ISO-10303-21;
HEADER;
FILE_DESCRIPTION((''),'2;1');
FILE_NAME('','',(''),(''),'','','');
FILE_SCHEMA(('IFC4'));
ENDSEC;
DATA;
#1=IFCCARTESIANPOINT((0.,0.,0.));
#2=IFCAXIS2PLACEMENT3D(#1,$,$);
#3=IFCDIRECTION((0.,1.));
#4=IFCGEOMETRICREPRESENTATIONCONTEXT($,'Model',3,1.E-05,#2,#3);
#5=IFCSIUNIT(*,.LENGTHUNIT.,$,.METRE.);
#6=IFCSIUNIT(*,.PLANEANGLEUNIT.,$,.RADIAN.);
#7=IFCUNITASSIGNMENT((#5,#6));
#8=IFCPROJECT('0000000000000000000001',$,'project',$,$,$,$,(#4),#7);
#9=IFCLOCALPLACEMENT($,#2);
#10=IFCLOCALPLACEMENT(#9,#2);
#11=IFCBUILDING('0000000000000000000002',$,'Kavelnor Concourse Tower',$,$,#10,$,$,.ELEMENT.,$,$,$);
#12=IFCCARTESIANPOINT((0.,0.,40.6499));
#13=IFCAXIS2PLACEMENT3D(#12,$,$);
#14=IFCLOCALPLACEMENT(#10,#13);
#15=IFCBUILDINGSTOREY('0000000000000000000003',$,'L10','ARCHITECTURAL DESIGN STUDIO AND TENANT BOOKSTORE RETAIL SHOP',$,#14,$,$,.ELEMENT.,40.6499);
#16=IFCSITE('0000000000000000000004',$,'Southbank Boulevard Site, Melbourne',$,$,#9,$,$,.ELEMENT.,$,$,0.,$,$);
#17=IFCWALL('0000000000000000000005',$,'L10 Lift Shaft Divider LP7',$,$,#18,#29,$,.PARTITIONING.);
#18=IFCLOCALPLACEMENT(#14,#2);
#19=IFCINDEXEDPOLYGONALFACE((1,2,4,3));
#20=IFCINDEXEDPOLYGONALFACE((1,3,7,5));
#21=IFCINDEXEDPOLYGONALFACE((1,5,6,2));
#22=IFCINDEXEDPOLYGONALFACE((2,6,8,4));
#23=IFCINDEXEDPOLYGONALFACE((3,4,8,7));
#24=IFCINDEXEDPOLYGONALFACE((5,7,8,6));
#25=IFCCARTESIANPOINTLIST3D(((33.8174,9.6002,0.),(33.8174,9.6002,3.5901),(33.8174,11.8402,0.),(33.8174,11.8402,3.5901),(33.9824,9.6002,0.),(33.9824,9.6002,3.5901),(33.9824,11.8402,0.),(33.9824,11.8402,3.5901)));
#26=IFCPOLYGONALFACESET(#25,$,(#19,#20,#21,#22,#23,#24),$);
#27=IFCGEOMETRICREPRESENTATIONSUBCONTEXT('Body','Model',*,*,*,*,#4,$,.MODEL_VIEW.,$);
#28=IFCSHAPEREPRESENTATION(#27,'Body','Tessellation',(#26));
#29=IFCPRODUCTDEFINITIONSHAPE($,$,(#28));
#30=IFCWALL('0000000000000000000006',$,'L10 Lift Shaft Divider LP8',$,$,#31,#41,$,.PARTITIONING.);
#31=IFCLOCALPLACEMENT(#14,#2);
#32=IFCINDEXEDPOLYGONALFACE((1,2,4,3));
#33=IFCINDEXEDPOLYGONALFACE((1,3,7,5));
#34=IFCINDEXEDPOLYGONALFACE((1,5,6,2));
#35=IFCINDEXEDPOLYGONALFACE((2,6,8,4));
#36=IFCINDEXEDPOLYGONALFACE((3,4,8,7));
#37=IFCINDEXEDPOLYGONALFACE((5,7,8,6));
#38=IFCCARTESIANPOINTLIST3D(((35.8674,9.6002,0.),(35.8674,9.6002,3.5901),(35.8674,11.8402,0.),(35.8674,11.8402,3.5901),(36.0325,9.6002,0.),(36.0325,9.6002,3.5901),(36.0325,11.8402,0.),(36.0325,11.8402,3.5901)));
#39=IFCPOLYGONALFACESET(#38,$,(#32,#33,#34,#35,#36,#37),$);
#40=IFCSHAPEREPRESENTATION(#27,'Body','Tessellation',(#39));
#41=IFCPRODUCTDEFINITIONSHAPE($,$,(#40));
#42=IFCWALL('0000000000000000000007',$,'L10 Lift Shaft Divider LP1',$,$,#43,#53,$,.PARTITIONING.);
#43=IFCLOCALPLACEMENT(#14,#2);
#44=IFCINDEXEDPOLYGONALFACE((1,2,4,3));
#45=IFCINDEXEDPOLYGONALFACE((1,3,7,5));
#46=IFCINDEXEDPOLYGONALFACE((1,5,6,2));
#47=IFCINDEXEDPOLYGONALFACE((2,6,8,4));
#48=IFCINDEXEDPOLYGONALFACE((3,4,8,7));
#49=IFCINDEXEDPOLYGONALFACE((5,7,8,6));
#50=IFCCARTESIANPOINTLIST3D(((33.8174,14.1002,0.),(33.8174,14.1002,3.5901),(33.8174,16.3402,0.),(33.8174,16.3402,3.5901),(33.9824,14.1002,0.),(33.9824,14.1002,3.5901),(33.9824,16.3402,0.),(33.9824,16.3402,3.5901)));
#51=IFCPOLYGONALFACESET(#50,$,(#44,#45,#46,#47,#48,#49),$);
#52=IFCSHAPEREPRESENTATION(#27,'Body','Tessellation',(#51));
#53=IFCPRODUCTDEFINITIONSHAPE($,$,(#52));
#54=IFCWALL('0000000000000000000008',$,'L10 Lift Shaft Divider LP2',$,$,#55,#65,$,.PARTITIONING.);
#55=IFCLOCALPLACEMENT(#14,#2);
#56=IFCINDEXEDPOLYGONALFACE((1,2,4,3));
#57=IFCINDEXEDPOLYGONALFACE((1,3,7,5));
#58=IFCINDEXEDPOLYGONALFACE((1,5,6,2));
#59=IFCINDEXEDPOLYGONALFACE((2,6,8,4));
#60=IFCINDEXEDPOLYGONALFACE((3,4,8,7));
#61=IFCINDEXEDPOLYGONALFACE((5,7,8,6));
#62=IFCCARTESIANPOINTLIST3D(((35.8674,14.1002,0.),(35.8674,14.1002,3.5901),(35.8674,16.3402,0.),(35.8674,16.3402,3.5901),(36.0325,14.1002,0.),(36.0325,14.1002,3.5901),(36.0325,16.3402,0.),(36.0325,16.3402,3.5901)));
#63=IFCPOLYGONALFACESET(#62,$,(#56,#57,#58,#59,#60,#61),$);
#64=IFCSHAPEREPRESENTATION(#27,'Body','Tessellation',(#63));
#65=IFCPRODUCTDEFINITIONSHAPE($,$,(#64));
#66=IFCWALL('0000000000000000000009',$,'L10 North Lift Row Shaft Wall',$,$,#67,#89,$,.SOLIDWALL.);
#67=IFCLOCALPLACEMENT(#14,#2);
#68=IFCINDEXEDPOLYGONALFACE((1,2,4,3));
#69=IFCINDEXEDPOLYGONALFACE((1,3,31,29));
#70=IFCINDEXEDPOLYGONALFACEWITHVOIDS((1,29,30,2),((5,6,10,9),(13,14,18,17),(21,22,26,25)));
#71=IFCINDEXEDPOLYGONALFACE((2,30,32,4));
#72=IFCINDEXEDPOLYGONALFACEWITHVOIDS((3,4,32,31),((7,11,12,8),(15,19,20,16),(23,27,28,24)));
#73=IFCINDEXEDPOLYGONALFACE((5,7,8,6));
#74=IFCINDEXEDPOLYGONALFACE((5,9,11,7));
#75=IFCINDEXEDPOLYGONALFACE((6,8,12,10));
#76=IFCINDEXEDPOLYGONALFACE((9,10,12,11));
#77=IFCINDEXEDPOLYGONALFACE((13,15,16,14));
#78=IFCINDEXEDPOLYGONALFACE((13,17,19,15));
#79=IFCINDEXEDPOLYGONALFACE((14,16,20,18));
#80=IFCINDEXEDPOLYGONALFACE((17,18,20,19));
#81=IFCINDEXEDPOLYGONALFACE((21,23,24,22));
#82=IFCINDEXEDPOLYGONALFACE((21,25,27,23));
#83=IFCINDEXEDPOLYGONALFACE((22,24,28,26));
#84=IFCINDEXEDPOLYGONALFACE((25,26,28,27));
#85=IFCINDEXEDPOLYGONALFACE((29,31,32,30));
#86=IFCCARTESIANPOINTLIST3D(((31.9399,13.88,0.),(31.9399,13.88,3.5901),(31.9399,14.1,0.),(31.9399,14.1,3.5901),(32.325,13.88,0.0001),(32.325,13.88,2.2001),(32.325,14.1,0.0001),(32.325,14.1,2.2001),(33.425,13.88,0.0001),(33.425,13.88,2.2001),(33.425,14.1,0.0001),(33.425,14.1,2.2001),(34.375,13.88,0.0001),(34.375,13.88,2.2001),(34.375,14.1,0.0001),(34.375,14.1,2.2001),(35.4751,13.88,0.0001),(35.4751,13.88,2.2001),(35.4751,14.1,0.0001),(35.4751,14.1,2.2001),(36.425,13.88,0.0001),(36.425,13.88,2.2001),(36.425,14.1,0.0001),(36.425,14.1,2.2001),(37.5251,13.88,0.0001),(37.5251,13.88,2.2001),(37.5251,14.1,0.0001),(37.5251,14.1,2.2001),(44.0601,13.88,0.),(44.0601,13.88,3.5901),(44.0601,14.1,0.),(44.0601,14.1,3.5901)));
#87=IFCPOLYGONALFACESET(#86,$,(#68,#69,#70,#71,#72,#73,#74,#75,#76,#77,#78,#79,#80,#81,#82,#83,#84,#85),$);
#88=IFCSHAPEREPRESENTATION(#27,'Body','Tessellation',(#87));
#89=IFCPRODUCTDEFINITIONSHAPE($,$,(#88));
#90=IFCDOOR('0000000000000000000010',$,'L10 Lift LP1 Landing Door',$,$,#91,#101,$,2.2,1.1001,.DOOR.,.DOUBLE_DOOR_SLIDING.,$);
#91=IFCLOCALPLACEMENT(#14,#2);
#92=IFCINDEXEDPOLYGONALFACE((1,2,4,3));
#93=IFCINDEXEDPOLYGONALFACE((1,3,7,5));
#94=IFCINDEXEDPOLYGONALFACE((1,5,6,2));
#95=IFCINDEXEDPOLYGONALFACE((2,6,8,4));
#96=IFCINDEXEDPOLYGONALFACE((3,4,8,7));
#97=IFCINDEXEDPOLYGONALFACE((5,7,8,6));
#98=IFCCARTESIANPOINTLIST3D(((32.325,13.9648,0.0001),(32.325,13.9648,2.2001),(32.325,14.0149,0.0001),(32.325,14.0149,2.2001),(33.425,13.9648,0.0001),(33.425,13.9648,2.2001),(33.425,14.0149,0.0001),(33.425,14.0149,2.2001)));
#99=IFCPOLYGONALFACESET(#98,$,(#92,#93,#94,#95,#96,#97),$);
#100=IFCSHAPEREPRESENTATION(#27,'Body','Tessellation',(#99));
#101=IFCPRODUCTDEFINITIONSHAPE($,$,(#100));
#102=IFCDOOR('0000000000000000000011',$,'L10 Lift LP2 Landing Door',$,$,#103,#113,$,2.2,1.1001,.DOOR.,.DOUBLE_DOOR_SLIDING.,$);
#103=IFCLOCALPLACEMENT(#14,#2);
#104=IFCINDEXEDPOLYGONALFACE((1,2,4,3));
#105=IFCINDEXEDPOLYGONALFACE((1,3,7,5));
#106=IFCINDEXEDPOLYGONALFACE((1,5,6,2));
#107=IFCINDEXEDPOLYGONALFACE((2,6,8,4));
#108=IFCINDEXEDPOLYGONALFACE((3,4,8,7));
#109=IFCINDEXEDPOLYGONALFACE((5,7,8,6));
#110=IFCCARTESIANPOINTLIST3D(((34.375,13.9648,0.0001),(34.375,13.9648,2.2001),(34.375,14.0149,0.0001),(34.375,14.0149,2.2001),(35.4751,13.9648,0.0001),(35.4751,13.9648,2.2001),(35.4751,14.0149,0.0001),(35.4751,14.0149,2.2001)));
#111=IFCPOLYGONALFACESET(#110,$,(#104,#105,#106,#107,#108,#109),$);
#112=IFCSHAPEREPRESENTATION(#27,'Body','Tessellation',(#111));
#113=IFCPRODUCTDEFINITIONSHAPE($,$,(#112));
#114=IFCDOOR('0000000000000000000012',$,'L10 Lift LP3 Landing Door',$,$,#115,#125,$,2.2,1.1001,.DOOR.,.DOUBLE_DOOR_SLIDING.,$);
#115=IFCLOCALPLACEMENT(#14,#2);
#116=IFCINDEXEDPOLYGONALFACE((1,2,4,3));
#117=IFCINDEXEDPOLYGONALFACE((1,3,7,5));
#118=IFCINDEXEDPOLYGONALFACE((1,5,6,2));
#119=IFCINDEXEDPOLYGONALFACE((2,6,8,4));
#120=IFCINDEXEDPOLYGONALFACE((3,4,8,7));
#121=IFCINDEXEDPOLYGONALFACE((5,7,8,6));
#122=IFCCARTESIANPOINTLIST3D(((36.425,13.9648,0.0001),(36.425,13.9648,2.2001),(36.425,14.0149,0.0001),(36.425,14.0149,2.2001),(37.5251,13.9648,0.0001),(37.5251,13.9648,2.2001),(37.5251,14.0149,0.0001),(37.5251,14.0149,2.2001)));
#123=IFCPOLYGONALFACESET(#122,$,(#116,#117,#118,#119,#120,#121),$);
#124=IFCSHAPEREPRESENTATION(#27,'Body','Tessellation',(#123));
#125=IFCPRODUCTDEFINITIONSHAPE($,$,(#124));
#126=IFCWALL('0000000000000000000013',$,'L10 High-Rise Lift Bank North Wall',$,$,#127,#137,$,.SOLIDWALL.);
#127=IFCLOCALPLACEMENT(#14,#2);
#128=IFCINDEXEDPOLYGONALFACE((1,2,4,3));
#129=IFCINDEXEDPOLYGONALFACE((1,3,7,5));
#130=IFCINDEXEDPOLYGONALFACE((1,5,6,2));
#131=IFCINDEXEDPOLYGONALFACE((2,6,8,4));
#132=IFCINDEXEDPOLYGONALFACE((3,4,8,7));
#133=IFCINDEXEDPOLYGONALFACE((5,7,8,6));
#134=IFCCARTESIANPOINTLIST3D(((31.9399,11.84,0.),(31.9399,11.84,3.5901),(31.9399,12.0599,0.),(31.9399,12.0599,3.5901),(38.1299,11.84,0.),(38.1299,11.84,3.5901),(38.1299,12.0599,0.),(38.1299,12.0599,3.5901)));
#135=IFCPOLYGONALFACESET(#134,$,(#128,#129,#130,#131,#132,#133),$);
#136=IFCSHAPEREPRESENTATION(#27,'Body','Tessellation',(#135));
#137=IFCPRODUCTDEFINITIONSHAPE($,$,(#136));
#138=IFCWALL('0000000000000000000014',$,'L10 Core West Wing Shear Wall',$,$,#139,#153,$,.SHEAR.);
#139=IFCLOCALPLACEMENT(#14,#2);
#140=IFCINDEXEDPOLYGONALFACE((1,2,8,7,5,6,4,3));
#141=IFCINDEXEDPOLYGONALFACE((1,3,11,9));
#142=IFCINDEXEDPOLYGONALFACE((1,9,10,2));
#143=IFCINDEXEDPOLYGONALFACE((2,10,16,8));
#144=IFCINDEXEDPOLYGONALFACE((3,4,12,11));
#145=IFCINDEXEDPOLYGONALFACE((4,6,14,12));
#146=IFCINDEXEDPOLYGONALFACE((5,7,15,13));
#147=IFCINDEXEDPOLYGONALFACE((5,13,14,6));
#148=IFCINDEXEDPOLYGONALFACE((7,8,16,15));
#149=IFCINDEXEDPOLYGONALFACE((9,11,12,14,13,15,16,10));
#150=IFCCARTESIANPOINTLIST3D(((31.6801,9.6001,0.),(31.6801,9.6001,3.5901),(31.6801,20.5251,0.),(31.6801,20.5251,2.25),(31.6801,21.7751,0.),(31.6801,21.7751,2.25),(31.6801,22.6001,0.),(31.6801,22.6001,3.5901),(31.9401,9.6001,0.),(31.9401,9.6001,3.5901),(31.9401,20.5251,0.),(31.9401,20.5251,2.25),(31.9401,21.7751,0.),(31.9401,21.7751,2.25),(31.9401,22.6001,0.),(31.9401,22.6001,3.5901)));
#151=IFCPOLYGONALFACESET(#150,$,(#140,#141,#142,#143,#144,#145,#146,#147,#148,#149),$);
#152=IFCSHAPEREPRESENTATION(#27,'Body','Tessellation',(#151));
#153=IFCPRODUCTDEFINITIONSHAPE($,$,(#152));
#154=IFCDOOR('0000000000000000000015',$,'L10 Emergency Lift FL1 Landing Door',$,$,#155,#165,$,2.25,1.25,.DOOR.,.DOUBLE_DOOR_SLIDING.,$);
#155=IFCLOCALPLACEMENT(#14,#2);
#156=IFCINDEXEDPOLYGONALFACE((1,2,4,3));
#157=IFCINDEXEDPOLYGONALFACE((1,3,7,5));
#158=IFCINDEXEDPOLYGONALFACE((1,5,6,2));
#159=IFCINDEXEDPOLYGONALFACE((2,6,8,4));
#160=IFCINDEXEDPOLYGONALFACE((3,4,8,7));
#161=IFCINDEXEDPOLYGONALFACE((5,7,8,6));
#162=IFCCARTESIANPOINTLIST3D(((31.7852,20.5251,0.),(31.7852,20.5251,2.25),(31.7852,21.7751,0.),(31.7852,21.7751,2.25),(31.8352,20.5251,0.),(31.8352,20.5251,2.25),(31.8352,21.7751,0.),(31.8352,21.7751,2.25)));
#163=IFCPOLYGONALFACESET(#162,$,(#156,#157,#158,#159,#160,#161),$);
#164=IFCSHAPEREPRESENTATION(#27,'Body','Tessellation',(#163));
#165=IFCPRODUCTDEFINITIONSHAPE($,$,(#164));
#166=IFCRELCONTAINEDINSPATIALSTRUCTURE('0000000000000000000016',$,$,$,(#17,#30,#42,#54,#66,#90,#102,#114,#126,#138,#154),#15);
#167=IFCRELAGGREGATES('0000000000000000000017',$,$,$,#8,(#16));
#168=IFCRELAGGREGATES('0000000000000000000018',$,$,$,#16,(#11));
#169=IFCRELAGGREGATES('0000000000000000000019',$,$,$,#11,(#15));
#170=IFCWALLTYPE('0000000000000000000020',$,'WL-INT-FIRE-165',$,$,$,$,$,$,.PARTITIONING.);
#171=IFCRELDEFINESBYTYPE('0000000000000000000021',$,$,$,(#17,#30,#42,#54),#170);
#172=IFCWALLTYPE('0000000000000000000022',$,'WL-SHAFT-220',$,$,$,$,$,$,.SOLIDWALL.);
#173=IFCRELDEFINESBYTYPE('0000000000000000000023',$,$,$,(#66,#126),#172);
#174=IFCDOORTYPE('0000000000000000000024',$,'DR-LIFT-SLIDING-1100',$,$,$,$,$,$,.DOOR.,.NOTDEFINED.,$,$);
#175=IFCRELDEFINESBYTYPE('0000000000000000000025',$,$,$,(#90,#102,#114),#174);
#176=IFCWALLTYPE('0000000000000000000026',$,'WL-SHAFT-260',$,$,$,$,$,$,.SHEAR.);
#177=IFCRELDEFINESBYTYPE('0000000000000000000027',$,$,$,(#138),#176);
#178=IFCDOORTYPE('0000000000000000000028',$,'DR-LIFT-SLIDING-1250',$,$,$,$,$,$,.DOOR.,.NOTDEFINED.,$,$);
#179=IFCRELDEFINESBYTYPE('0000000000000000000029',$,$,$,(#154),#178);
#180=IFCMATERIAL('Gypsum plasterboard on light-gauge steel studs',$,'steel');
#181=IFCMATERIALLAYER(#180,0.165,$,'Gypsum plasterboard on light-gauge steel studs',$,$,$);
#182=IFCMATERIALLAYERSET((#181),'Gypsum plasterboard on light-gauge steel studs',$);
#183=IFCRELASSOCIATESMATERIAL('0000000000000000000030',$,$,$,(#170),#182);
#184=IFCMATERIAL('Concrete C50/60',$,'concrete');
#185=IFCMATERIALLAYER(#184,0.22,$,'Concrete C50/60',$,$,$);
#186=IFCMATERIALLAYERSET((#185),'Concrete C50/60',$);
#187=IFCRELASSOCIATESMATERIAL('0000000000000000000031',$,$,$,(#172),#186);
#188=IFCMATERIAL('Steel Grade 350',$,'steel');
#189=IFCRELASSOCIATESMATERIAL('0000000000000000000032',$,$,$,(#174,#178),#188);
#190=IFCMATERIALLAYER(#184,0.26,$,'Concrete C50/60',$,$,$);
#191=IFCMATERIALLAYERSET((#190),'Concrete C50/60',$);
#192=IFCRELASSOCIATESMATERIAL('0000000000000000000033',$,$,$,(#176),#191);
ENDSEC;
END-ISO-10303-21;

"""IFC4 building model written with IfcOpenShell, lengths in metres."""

from ifc_helpers import new_model, si_unit, direction, frame, frame_2d, origin, place, context, subcontext, project, spatial, rectangle, extrude, material, layer, layer_set, type_object, element, fill, save


model = new_model("IFC4")

# Units and contexts
model_context = context("Model", 3, precision=1e-05, world=origin(), true_north=direction((0.0, 1.0)))
body_context = subcontext(model_context, "Body", "Model", "MODEL_VIEW")
ifc_project = project(units=[si_unit("LENGTHUNIT", "METRE"), si_unit("PLANEANGLEUNIT", "RADIAN")], contexts=[model_context])

# Site, building, storey
site_placement = place(None, origin())
site = spatial("IfcSite", under=ifc_project, at=site_placement, Name="Southbank Boulevard Site, Melbourne", CompositionType="ELEMENT", RefElevation=0.0)
building_placement = place(site_placement, origin())
building = spatial("IfcBuilding", under=site, at=building_placement, Name="Kavelnor Concourse Tower", CompositionType="ELEMENT")
storey_placement = place(building_placement, frame((0.0, 0.0, 40.6499)))
storey = spatial("IfcBuildingStorey", under=building, at=storey_placement, Name="L10", Description="ARCHITECTURAL DESIGN STUDIO AND TENANT BOOKSTORE RETAIL SHOP", CompositionType="ELEMENT", Elevation=40.6499)

# Walls
ifc_material_1 = material(Name="Gypsum plasterboard on light-gauge steel studs", Category="steel")
ifc_layer_1 = layer(ifc_material_1, 0.165, Name="Gypsum plasterboard on light-gauge steel studs")
ifc_layer_set_1 = layer_set([ifc_layer_1], Name="Gypsum plasterboard on light-gauge steel studs")
wall_type_1 = type_object("IfcWallType", Name="WL-INT-FIRE-165", PredefinedType="PARTITIONING", material=ifc_layer_set_1)
for number, where, z_axis, x_axis, name in (
    (1, (33.8999, 9.6001, 0.0), (0.0, 0.0, 1.0), (0.0, 1.0, 0.0), "L10 Lift Shaft Divider LP7"),
    (2, (35.95, 9.6001, 0.0), (0.0, 0.0, 1.0), (0.0, 1.0, 0.0), "L10 Lift Shaft Divider LP8"),
    (3, (33.8999, 14.1001, 0.0), (0.0, 0.0, 1.0), (0.0, 1.0, 0.0), "L10 Lift Shaft Divider LP1"),
    (4, (35.95, 14.1001, 0.0), (0.0, 0.0, 1.0), (0.0, 1.0, 0.0), "L10 Lift Shaft Divider LP2"),
):
    element("IfcWall", number, at=place(storey_placement, frame(where, z_axis=z_axis, x_axis=x_axis)), inside=storey, type_object=wall_type_1, Name=name, PredefinedType="PARTITIONING", context=body_context, shape_type="SweptSolid", body=[
        extrude(rectangle(XDim=2.24, YDim=0.165, at=frame_2d((1.1201, 0.0))), origin(), (0.0, 0.0, 1.0), 3.5901),
    ])

# Wall, openings, doors
ifc_material_2 = material(Name="Concrete C50/60", Category="concrete")
ifc_layer_2 = layer(ifc_material_2, 0.22, Name="Concrete C50/60")
ifc_layer_set_2 = layer_set([ifc_layer_2], Name="Concrete C50/60")
wall_type_2 = type_object("IfcWallType", Name="WL-SHAFT-220", PredefinedType="SOLIDWALL", material=ifc_layer_set_2)
wall_1_placement = place(storey_placement, frame((31.9399, 13.99, 0.0), z_axis=(0.0, 0.0, 1.0), x_axis=(1.0, 0.0, 0.0)))
wall_1 = element("IfcWall", 5, at=wall_1_placement, inside=storey, type_object=wall_type_2, Name="L10 North Lift Row Shaft Wall", PredefinedType="SOLIDWALL", context=body_context, shape_type="SweptSolid", body=[
    extrude(rectangle(XDim=12.1201, YDim=0.22, at=frame_2d((6.0601, 0.0))), origin(), (0.0, 0.0, 1.0), 3.5901),
])
opening_1_placement = place(wall_1_placement, frame((0.385, 0.0, 0.0)))
opening_1 = element("IfcOpeningElement", 6, at=opening_1_placement, cuts=wall_1, PredefinedType="OPENING", context=body_context, shape_type="SweptSolid", body=[
    extrude(rectangle(XDim=1.1001, YDim=2.2, at=frame_2d((0.55, 1.1001))), frame((0.0, 0.1201, 0.0), z_axis=(0.0, -1.0, 0.0), x_axis=(1.0, 0.0, 0.0)), (0.0, 0.0, 1.0), 0.24),
])
opening_2_placement = place(wall_1_placement, frame((2.4351, 0.0, 0.0)))
opening_2 = element("IfcOpeningElement", 7, at=opening_2_placement, cuts=wall_1, PredefinedType="OPENING", context=body_context, shape_type="SweptSolid", body=[
    extrude(rectangle(XDim=1.1001, YDim=2.2, at=frame_2d((0.55, 1.1001))), frame((0.0, 0.1201, 0.0), z_axis=(0.0, -1.0, 0.0), x_axis=(1.0, 0.0, 0.0)), (0.0, 0.0, 1.0), 0.24),
])
opening_3_placement = place(wall_1_placement, frame((4.4851, 0.0, 0.0)))
opening_3 = element("IfcOpeningElement", 8, at=opening_3_placement, cuts=wall_1, PredefinedType="OPENING", context=body_context, shape_type="SweptSolid", body=[
    extrude(rectangle(XDim=1.1001, YDim=2.2, at=frame_2d((0.55, 1.1001))), frame((0.0, 0.1201, 0.0), z_axis=(0.0, -1.0, 0.0), x_axis=(1.0, 0.0, 0.0)), (0.0, 0.0, 1.0), 0.24),
])
ifc_material_3 = material(Name="Steel Grade 350", Category="steel")
door_type_1 = type_object("IfcDoorType", Name="DR-LIFT-SLIDING-1100", OperationType="NOTDEFINED", PredefinedType="DOOR", material=ifc_material_3)
door_1_placement = place(opening_1_placement, origin())
door_1 = element("IfcDoor", 9, at=door_1_placement, inside=storey, type_object=door_type_1, Name="L10 Lift LP1 Landing Door", OperationType="DOUBLE_DOOR_SLIDING", OverallHeight=2.2, OverallWidth=1.1001, PredefinedType="DOOR", context=body_context, shape_type="SweptSolid", body=[
    extrude(rectangle(XDim=1.1001, YDim=2.2, at=frame_2d((0.55, 1.1001))), frame((0.0, 0.0249, 0.0), z_axis=(0.0, -1.0, 0.0), x_axis=(1.0, 0.0, 0.0)), (0.0, 0.0, 1.0), 0.05),
])
fill(opening_1, door_1)
door_2_placement = place(opening_2_placement, origin())
door_2 = element("IfcDoor", 10, at=door_2_placement, inside=storey, type_object=door_type_1, Name="L10 Lift LP2 Landing Door", OperationType="DOUBLE_DOOR_SLIDING", OverallHeight=2.2, OverallWidth=1.1001, PredefinedType="DOOR", context=body_context, shape_type="SweptSolid", body=[
    extrude(rectangle(XDim=1.1001, YDim=2.2, at=frame_2d((0.55, 1.1001))), frame((0.0, 0.0249, 0.0), z_axis=(0.0, -1.0, 0.0), x_axis=(1.0, 0.0, 0.0)), (0.0, 0.0, 1.0), 0.05),
])
fill(opening_2, door_2)
door_3_placement = place(opening_3_placement, origin())
door_3 = element("IfcDoor", 11, at=door_3_placement, inside=storey, type_object=door_type_1, Name="L10 Lift LP3 Landing Door", OperationType="DOUBLE_DOOR_SLIDING", OverallHeight=2.2, OverallWidth=1.1001, PredefinedType="DOOR", context=body_context, shape_type="SweptSolid", body=[
    extrude(rectangle(XDim=1.1001, YDim=2.2, at=frame_2d((0.55, 1.1001))), frame((0.0, 0.0249, 0.0), z_axis=(0.0, -1.0, 0.0), x_axis=(1.0, 0.0, 0.0)), (0.0, 0.0, 1.0), 0.05),
])
fill(opening_3, door_3)

# Wall
wall_2_placement = place(storey_placement, frame((31.9399, 11.95, 0.0), z_axis=(0.0, 0.0, 1.0), x_axis=(1.0, 0.0, 0.0)))
element("IfcWall", 12, at=wall_2_placement, inside=storey, type_object=wall_type_2, Name="L10 High-Rise Lift Bank North Wall", PredefinedType="SOLIDWALL", context=body_context, shape_type="SweptSolid", body=[
    extrude(rectangle(XDim=6.1899, YDim=0.22, at=frame_2d((3.095, 0.0))), origin(), (0.0, 0.0, 1.0), 3.5901),
])

# Wall, opening, door
ifc_layer_3 = layer(ifc_material_2, 0.26, Name="Concrete C50/60")
ifc_layer_set_3 = layer_set([ifc_layer_3], Name="Concrete C50/60")
wall_type_3 = type_object("IfcWallType", Name="WL-SHAFT-260", PredefinedType="SHEAR", material=ifc_layer_set_3)
wall_3_placement = place(storey_placement, frame((31.8101, 9.6001, 0.0), z_axis=(0.0, 0.0, 1.0), x_axis=(0.0, 1.0, 0.0)))
wall_3 = element("IfcWall", 13, at=wall_3_placement, inside=storey, type_object=wall_type_3, Name="L10 Core West Wing Shear Wall", PredefinedType="SHEAR", context=body_context, shape_type="SweptSolid", body=[
    extrude(rectangle(XDim=13.0, YDim=0.26, at=frame_2d((6.5, 0.0))), origin(), (0.0, 0.0, 1.0), 3.5901),
])
opening_4_placement = place(wall_3_placement, frame((10.925, 0.0, 0.0)))
opening_4 = element("IfcOpeningElement", 14, at=opening_4_placement, cuts=wall_3, PredefinedType="OPENING", context=body_context, shape_type="SweptSolid", body=[
    extrude(rectangle(XDim=1.25, YDim=2.25, at=frame_2d((0.625, 1.125))), frame((0.0, 0.1401, 0.0), z_axis=(0.0, -1.0, 0.0), x_axis=(1.0, 0.0, 0.0)), (0.0, 0.0, 1.0), 0.28),
])
door_type_2 = type_object("IfcDoorType", Name="DR-LIFT-SLIDING-1250", OperationType="NOTDEFINED", PredefinedType="DOOR", material=ifc_material_3)
door_4_placement = place(opening_4_placement, origin())
door_4 = element("IfcDoor", 15, at=door_4_placement, inside=storey, type_object=door_type_2, Name="L10 Emergency Lift FL1 Landing Door", OperationType="DOUBLE_DOOR_SLIDING", OverallHeight=2.25, OverallWidth=1.25, PredefinedType="DOOR", context=body_context, shape_type="SweptSolid", body=[
    extrude(rectangle(XDim=1.25, YDim=2.25, at=frame_2d((0.625, 1.125))), frame((0.0, 0.0249, 0.0), z_axis=(0.0, -1.0, 0.0), x_axis=(1.0, 0.0, 0.0)), (0.0, 0.0, 1.0), 0.05),
])
fill(opening_4, door_4)

save(model, "model.ifc")
